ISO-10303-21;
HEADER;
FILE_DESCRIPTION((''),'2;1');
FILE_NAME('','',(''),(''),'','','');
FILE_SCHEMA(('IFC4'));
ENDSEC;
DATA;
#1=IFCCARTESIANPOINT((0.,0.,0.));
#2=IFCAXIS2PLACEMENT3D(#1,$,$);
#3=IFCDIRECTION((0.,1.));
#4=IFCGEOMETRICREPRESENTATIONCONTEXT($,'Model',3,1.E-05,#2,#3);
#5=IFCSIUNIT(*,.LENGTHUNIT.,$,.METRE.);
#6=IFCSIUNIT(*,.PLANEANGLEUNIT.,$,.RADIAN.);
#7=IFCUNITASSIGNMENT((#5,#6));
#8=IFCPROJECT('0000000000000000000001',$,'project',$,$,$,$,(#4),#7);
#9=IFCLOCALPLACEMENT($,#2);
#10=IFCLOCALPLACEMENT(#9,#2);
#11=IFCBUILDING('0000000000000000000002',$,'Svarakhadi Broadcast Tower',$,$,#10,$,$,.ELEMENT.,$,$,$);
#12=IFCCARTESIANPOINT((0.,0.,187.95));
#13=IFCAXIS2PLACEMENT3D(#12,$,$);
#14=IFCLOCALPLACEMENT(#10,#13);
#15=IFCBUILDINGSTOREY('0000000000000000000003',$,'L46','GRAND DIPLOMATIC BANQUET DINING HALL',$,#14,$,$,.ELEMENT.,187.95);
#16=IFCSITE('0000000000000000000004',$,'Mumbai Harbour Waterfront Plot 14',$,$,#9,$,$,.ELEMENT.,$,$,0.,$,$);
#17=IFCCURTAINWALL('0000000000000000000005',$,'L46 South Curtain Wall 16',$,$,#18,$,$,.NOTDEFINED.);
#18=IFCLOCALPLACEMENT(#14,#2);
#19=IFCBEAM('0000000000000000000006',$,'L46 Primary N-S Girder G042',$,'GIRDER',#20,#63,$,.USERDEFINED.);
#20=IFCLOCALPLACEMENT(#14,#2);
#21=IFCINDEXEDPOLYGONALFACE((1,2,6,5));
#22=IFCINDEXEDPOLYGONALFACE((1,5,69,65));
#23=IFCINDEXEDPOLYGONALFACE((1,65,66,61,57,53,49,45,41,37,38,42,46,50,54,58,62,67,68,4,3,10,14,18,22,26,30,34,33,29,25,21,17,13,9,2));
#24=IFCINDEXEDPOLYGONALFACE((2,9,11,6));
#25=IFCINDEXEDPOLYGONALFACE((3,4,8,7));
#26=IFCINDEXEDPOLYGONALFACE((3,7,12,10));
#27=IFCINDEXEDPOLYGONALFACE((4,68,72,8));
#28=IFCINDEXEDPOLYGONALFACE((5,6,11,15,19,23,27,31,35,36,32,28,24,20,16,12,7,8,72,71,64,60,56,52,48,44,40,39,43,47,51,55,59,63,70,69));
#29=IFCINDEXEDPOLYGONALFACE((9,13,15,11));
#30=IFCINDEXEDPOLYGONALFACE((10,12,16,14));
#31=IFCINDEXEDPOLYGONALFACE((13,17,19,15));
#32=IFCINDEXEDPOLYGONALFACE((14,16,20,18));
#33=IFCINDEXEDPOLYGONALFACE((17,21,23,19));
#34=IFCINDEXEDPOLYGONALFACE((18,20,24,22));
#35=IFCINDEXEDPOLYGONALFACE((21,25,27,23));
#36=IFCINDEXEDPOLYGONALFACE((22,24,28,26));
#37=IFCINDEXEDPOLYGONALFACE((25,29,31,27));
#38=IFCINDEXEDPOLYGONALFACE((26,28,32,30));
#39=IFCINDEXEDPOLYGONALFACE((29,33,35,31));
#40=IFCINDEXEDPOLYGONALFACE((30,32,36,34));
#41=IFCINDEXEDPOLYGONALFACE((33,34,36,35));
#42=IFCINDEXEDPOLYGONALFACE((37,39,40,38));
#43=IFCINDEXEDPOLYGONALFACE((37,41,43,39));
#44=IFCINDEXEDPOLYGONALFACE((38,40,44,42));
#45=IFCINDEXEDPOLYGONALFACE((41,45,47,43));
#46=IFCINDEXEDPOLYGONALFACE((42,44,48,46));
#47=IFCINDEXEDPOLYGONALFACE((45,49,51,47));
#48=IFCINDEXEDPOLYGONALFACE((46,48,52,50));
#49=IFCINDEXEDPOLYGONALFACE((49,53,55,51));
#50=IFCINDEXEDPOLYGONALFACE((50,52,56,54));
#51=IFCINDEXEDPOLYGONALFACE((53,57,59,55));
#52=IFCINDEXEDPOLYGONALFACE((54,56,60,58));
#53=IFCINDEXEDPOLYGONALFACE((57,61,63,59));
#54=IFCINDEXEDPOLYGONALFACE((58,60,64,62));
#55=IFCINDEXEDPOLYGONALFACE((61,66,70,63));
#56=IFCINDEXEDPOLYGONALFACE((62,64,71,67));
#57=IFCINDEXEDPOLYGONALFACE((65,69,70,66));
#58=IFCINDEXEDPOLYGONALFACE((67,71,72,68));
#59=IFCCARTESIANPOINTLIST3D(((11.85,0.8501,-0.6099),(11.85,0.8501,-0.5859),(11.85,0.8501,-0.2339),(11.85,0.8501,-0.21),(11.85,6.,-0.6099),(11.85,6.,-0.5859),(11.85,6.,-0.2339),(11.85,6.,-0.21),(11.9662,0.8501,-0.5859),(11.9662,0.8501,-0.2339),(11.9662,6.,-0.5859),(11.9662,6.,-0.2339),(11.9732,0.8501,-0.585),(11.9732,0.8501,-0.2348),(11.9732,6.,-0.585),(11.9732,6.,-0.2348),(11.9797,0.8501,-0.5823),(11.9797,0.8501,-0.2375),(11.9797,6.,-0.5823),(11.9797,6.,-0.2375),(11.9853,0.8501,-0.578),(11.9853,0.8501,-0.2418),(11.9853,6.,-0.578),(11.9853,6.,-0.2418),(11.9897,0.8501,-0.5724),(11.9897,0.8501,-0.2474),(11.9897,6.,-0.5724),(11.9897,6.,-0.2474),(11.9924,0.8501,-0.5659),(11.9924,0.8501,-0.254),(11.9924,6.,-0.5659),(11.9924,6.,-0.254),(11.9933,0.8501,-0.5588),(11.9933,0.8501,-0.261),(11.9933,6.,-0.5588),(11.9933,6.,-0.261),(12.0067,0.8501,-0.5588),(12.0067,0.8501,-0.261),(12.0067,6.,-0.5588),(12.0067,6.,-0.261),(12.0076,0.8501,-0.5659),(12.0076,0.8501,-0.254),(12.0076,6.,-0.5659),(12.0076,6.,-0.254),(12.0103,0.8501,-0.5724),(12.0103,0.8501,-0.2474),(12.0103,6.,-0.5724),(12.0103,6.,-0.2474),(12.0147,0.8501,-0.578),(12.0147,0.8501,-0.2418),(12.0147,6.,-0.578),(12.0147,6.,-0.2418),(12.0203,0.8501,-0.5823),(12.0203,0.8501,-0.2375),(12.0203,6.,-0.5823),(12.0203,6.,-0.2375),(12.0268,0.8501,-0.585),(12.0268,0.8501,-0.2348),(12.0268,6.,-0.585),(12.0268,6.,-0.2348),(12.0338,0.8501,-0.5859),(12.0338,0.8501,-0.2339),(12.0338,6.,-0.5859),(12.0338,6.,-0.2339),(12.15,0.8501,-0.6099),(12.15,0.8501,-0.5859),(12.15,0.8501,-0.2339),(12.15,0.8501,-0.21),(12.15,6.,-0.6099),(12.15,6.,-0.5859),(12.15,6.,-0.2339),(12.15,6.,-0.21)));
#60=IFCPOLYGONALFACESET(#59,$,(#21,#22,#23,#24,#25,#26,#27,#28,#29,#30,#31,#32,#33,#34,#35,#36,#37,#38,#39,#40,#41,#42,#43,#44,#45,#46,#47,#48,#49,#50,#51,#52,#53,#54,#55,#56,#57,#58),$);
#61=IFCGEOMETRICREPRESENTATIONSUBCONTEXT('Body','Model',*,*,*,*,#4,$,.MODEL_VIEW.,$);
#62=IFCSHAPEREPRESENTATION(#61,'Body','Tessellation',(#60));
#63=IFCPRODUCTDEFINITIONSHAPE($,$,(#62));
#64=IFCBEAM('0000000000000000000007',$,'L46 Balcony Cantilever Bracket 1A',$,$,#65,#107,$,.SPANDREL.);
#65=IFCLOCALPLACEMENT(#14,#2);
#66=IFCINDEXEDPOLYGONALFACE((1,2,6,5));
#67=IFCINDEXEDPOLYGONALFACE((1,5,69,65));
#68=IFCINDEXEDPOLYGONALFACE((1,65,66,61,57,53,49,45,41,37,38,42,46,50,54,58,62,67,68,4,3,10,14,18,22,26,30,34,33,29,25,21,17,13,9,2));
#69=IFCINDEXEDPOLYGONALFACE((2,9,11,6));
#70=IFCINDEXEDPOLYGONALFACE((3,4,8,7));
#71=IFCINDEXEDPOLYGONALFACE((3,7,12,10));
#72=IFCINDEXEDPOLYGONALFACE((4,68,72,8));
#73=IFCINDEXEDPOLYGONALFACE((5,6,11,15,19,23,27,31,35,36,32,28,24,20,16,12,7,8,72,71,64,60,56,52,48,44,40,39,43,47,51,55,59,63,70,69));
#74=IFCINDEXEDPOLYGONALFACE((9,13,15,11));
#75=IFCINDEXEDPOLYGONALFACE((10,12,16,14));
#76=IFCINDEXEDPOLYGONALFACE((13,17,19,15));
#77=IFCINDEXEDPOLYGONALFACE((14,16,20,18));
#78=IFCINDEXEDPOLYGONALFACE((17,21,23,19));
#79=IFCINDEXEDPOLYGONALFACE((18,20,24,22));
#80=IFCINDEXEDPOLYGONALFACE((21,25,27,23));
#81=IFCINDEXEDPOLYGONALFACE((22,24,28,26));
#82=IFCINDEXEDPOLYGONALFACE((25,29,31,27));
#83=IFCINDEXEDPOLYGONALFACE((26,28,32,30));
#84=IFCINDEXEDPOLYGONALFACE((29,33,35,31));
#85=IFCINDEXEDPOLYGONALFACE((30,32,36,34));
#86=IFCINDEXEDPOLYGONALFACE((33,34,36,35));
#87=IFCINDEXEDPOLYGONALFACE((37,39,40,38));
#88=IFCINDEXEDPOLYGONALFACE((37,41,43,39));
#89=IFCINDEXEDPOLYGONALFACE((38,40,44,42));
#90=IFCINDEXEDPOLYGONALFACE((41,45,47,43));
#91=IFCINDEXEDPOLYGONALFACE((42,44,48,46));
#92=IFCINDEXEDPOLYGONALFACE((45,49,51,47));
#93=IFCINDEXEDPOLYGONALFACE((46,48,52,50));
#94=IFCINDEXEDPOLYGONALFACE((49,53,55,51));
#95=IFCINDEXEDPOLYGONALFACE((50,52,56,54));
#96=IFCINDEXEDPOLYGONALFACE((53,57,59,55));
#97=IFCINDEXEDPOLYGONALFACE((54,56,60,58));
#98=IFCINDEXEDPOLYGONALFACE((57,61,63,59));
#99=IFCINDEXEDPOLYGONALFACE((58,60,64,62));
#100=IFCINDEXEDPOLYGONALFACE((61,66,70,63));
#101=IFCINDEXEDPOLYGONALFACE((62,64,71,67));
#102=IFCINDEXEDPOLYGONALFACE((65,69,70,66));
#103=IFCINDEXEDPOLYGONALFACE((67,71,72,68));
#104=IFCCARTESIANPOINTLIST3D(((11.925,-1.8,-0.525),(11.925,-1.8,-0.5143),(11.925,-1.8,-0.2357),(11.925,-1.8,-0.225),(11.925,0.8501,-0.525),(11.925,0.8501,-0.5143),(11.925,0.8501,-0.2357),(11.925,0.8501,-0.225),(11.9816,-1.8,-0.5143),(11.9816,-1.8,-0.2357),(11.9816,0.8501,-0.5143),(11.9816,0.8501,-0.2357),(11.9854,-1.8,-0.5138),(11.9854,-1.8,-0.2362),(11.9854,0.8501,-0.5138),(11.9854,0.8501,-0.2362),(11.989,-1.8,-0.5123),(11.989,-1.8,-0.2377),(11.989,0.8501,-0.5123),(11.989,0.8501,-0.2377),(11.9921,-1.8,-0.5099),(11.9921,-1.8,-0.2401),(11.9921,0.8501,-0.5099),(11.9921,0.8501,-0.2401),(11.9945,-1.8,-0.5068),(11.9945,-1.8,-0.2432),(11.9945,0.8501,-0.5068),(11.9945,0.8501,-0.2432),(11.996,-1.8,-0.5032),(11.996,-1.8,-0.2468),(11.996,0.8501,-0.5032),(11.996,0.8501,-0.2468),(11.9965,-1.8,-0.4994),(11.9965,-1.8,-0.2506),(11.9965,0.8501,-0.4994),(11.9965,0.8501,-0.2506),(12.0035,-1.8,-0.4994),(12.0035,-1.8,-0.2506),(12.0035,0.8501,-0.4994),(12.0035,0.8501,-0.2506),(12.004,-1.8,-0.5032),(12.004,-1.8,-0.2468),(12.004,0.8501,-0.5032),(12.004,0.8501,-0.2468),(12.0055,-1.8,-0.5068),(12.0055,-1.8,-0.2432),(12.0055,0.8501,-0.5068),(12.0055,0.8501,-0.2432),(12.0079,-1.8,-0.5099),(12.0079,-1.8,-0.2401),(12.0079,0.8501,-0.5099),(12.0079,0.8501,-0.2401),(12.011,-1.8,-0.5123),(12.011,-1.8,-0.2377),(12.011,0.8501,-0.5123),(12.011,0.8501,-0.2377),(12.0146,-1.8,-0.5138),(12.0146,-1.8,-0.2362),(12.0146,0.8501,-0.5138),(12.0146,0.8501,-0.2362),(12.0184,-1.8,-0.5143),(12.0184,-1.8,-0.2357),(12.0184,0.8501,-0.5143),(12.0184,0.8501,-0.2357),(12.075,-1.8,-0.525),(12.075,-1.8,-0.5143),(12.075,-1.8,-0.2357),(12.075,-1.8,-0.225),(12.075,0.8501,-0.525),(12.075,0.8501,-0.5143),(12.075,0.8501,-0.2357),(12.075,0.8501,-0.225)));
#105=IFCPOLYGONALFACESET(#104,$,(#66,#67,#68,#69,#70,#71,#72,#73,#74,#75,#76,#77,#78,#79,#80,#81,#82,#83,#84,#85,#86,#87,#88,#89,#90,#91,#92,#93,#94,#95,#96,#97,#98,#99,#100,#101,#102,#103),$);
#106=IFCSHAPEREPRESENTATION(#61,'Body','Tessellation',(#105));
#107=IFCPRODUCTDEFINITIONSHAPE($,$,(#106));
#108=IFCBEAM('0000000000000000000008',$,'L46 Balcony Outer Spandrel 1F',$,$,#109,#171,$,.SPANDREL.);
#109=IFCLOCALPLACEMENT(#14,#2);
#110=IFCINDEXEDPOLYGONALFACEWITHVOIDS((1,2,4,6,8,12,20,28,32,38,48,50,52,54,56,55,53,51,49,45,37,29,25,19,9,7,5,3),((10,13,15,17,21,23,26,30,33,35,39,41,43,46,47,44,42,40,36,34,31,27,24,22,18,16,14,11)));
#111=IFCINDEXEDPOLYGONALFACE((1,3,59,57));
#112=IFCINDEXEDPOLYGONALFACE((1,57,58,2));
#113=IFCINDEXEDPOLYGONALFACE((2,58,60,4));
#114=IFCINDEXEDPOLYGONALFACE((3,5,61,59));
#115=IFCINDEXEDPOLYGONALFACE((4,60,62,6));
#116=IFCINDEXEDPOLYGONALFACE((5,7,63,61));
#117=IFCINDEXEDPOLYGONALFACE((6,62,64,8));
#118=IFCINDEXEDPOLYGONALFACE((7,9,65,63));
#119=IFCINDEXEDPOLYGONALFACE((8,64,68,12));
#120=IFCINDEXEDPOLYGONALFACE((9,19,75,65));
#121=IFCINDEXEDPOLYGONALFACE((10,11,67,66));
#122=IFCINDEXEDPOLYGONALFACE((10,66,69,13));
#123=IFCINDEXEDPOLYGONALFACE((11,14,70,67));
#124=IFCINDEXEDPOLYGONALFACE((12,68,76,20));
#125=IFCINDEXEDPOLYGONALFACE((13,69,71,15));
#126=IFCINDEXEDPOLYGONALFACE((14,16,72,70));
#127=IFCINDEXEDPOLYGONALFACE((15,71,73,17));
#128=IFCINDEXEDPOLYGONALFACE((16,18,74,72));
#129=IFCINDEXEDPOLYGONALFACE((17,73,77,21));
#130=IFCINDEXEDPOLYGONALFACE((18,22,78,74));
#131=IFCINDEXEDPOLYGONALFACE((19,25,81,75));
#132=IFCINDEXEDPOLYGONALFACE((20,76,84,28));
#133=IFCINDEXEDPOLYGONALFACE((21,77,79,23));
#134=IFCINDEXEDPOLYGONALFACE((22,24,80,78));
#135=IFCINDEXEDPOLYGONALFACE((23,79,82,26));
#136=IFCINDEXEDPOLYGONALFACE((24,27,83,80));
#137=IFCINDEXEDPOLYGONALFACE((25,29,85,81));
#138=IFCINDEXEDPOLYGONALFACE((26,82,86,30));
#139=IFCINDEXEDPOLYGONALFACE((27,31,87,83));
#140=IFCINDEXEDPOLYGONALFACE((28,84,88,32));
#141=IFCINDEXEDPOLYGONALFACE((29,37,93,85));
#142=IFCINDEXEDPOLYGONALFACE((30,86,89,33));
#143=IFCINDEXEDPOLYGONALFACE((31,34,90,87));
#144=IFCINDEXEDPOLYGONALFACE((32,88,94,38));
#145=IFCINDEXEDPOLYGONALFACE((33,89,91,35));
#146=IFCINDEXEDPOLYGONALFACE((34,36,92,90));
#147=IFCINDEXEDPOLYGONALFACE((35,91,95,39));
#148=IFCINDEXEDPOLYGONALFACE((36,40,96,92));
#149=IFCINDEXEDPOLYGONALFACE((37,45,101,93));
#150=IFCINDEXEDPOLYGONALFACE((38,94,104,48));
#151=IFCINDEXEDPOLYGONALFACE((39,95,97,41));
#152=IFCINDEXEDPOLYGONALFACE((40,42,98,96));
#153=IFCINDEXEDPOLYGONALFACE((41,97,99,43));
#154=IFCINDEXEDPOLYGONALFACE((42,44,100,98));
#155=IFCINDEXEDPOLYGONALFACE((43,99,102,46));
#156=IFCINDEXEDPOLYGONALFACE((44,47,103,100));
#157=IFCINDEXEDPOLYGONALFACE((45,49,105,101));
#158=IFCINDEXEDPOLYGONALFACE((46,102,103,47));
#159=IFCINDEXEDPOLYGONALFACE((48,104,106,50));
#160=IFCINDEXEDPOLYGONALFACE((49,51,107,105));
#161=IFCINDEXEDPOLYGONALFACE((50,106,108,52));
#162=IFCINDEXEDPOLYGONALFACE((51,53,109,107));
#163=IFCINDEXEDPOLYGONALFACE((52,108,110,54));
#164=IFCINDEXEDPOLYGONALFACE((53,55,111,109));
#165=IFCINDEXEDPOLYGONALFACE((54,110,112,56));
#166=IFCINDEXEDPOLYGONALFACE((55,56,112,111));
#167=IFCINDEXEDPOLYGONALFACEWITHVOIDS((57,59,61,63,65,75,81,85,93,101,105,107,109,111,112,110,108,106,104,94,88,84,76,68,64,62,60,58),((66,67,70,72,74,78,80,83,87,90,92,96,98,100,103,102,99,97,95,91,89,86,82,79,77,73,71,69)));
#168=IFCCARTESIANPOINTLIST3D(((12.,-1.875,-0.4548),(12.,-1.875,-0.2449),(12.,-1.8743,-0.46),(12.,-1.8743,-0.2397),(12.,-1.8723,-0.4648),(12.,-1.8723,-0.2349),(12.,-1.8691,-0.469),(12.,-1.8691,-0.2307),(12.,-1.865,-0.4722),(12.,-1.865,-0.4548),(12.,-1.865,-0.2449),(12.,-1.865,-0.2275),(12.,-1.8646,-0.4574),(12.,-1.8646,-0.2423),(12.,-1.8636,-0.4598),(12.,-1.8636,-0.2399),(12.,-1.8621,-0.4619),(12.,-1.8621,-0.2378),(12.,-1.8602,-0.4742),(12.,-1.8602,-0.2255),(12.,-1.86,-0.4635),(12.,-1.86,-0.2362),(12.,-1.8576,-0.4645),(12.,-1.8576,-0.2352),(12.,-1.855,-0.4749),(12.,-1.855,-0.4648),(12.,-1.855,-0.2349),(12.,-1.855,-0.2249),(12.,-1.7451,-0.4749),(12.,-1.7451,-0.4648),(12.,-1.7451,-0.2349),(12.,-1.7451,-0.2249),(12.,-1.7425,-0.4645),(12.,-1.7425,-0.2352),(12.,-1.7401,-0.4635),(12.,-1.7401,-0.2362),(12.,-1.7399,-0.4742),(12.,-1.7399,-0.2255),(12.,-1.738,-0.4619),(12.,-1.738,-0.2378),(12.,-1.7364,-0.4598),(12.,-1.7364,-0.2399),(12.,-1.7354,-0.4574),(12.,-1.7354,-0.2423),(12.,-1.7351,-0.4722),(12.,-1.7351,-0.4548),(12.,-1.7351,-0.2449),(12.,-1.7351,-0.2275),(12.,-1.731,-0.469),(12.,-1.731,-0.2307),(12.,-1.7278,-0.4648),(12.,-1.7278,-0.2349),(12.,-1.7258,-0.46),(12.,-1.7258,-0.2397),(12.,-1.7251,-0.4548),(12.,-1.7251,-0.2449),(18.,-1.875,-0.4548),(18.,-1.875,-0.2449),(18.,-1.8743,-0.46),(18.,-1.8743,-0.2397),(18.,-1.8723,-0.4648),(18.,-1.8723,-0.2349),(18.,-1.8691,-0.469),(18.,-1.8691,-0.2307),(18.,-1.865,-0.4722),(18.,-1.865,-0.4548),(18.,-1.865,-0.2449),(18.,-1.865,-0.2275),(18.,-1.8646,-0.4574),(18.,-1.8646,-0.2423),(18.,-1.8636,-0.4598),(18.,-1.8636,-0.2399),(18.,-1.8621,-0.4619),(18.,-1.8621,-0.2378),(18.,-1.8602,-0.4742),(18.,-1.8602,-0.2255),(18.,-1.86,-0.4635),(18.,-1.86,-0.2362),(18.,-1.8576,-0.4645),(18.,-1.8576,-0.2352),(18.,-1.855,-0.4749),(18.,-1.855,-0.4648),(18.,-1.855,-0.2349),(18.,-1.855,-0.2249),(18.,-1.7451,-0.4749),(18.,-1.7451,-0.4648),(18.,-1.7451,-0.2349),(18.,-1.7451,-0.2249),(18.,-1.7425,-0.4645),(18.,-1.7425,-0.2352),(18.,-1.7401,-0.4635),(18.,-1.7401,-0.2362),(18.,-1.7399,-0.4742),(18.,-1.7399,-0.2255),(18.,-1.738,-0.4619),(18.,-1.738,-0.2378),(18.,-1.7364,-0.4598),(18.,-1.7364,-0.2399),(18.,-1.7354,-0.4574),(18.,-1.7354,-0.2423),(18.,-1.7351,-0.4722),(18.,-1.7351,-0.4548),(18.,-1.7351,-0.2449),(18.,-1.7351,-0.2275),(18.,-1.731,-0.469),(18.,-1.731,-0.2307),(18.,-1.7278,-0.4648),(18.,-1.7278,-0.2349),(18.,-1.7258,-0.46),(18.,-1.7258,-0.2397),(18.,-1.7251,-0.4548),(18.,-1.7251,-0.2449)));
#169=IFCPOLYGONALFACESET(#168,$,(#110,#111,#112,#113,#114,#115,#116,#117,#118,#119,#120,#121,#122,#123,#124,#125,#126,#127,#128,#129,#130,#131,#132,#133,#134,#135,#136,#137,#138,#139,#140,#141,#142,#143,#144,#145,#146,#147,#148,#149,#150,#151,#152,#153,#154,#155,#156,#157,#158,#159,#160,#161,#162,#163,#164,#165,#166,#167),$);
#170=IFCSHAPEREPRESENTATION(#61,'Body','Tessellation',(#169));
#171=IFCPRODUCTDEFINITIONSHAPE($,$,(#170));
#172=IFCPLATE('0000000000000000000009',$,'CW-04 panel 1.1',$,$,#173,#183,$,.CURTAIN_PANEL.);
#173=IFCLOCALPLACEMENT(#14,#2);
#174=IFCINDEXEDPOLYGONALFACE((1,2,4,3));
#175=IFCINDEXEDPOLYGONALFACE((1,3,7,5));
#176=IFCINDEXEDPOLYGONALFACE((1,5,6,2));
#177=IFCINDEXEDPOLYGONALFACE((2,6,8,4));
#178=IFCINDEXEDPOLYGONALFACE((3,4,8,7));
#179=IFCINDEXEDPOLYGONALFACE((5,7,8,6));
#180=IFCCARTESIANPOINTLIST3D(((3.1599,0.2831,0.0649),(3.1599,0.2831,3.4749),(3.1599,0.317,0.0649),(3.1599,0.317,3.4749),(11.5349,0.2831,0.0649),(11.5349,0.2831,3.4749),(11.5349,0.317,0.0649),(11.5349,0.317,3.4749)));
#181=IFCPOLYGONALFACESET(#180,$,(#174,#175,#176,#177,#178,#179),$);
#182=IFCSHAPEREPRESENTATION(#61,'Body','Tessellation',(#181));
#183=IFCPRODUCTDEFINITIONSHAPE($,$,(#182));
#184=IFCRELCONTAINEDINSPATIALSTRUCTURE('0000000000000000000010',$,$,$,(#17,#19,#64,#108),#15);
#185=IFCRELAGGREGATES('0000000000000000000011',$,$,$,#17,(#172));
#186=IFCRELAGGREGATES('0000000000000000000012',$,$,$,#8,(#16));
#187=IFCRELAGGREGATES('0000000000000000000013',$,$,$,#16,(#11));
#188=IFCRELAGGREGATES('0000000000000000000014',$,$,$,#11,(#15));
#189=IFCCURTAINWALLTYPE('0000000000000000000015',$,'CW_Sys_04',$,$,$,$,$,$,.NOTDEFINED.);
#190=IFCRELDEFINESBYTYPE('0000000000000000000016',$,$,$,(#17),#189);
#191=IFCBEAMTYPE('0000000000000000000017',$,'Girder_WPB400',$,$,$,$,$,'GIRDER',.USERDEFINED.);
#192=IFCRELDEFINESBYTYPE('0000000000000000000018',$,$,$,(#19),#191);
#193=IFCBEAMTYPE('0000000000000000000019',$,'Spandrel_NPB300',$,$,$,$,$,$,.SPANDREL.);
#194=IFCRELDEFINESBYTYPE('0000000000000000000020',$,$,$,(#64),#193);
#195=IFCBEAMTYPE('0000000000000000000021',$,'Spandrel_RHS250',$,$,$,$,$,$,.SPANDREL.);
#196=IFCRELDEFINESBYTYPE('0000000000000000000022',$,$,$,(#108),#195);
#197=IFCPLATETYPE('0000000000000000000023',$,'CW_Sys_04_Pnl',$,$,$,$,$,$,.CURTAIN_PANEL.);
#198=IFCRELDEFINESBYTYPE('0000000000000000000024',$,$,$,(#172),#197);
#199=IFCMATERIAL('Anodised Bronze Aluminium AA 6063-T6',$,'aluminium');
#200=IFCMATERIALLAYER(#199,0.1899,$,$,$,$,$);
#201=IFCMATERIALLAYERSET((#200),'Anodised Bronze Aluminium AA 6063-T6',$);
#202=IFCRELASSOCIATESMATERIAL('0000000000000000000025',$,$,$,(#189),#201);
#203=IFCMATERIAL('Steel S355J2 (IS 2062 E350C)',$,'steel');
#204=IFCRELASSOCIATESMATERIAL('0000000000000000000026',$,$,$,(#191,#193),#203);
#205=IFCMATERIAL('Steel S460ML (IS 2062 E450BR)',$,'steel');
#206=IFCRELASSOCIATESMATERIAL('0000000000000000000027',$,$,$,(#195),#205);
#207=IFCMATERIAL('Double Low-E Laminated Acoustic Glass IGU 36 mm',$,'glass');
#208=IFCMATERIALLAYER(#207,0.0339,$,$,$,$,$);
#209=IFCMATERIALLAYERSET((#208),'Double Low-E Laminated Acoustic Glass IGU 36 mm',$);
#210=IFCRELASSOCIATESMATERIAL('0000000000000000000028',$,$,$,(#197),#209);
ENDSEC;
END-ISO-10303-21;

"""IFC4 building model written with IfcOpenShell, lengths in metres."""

from ifc_helpers import new_model, si_unit, direction, frame, origin, origin_2d, place, context, subcontext, project, spatial, rectangle, hollow_rectangle, i_section, extrude, material, layer, layer_set, material_profile, profile_set, type_object, element, aggregate, save


model = new_model("IFC4")

# Units and contexts
model_context = context("Model", 3, precision=1e-05, world=origin(), true_north=direction((0.0, 1.0)))
body_context = subcontext(model_context, "Body", "Model", "MODEL_VIEW")
ifc_project = project(units=[si_unit("LENGTHUNIT", "METRE"), si_unit("PLANEANGLEUNIT", "RADIAN")], contexts=[model_context])

# Site, building, storey
site_placement = place(None, origin())
site = spatial("IfcSite", under=ifc_project, at=site_placement, Name="Mumbai Harbour Waterfront Plot 14", CompositionType="ELEMENT", RefElevation=0.0)
building_placement = place(site_placement, origin())
building = spatial("IfcBuilding", under=site, at=building_placement, Name="Svarakhadi Broadcast Tower", CompositionType="ELEMENT")
storey_placement = place(building_placement, frame((0.0, 0.0, 187.95)))
storey = spatial("IfcBuildingStorey", under=building, at=storey_placement, Name="L46", Description="GRAND DIPLOMATIC BANQUET DINING HALL", CompositionType="ELEMENT", Elevation=187.95)

# Shared definitions
ifc_material_1 = material(Name="Steel S460ML (IS 2062 E450BR)", Category="steel")

# Shared definitions
ifc_material_2 = material(Name="Steel S355J2 (IS 2062 E350C)", Category="steel")

# Curtain wall
ifc_material_3 = material(Name="Anodised Bronze Aluminium AA 6063-T6", Category="aluminium")
ifc_layer_1 = layer(ifc_material_3, 0.1899)
ifc_layer_set_1 = layer_set([ifc_layer_1], Name="Anodised Bronze Aluminium AA 6063-T6")
curtain_wall_type = type_object("IfcCurtainWallType", Name="CW_Sys_04", PredefinedType="NOTDEFINED", material=ifc_layer_set_1)
curtain_wall_placement = place(storey_placement, origin())
curtain_wall = element("IfcCurtainWall", 1, at=curtain_wall_placement, inside=storey, type_object=curtain_wall_type, Name="L46 South Curtain Wall 16", PredefinedType="NOTDEFINED")

# Beams
ifc_material_profile_1 = material_profile(ifc_material_2, i_section(OverallWidth=0.3, OverallDepth=0.3999, WebThickness=0.0134, FlangeThickness=0.0239, FilletRadius=0.0271, at=origin_2d()), Name="WPB 400x300x155")
ifc_profile_set_1 = profile_set([ifc_material_profile_1], Name="Steel S355J2 (IS 2062 E350C)")
beam_type_1 = type_object("IfcBeamType", Name="Girder_WPB400", ElementType="GIRDER", PredefinedType="USERDEFINED", material=ifc_profile_set_1)
for number, where, z_axis, x_axis, name in (
    (2, (12.0, 0.8501, -0.4099), (0.0, 1.0, 0.0), (-1.0, 0.0, 0.0), "L46 Primary N-S Girder G042"),
):
    element("IfcBeam", number, at=place(storey_placement, frame(where, z_axis=z_axis, x_axis=x_axis)), inside=storey, type_object=beam_type_1, Name=name, ObjectType="GIRDER", PredefinedType="USERDEFINED", context=body_context, shape_type="SweptSolid", body=[
        extrude(i_section(OverallWidth=0.3, OverallDepth=0.3999, WebThickness=0.0134, FlangeThickness=0.0239, FilletRadius=0.0271, at=origin_2d()), origin(), (0.0, 0.0, 1.0), 5.1499),
    ])
ifc_material_profile_2 = material_profile(ifc_material_2, i_section(OverallWidth=0.1499, OverallDepth=0.3, WebThickness=0.0071, FlangeThickness=0.0107, FilletRadius=0.0149, at=origin_2d()), Name="NPB 300x150x37")
ifc_profile_set_2 = profile_set([ifc_material_profile_2], Name="Steel S355J2 (IS 2062 E350C)")
beam_type_2 = type_object("IfcBeamType", Name="Spandrel_NPB300", PredefinedType="SPANDREL", material=ifc_profile_set_2)
beam_1_placement = place(storey_placement, frame((12.0, 0.8501, -0.375), z_axis=(0.0, -1.0, 0.0), x_axis=(1.0, 0.0, 0.0)))
element("IfcBeam", 3, at=beam_1_placement, inside=storey, type_object=beam_type_2, Name="L46 Balcony Cantilever Bracket 1A", PredefinedType="SPANDREL", context=body_context, shape_type="SweptSolid", body=[
    extrude(i_section(OverallWidth=0.1499, OverallDepth=0.3, WebThickness=0.0071, FlangeThickness=0.0107, FilletRadius=0.0149, at=origin_2d()), origin(), (0.0, 0.0, 1.0), 2.6501),
])
ifc_material_profile_3 = material_profile(ifc_material_1, hollow_rectangle(XDim=0.1499, YDim=0.25, WallThickness=0.01, InnerFilletRadius=0.01, OuterFilletRadius=0.02, at=origin_2d()), Name="RHS 250x150x10")
ifc_profile_set_3 = profile_set([ifc_material_profile_3], Name="Steel S460ML (IS 2062 E450BR)")
beam_type_3 = type_object("IfcBeamType", Name="Spandrel_RHS250", PredefinedType="SPANDREL", material=ifc_profile_set_3)
beam_2_placement = place(storey_placement, frame((12.0, -1.8, -0.3499), z_axis=(1.0, 0.0, 0.0), x_axis=(0.0, 1.0, 0.0)))
element("IfcBeam", 4, at=beam_2_placement, inside=storey, type_object=beam_type_3, Name="L46 Balcony Outer Spandrel 1F", PredefinedType="SPANDREL", context=body_context, shape_type="SweptSolid", body=[
    extrude(hollow_rectangle(XDim=0.1499, YDim=0.25, WallThickness=0.01, InnerFilletRadius=0.01, OuterFilletRadius=0.02, at=origin_2d()), origin(), (0.0, 0.0, 1.0), 6.0),
])

# Plate
ifc_material_4 = material(Name="Double Low-E Laminated Acoustic Glass IGU 36 mm", Category="glass")
ifc_layer_2 = layer(ifc_material_4, 0.0339)
ifc_layer_set_2 = layer_set([ifc_layer_2], Name="Double Low-E Laminated Acoustic Glass IGU 36 mm")
plate_type_1 = type_object("IfcPlateType", Name="CW_Sys_04_Pnl", PredefinedType="CURTAIN_PANEL", material=ifc_layer_set_2)
plate_1_placement = place(storey_placement, frame((7.3474, 0.3, 0.0649), z_axis=(0.0, 0.0, 1.0), x_axis=(-1.0, 0.0, 0.0)))
plate_1 = element("IfcPlate", 5, at=plate_1_placement, type_object=plate_type_1, Name="CW-04 panel 1.1", PredefinedType="CURTAIN_PANEL", context=body_context, shape_type="SweptSolid", body=[
    extrude(rectangle(XDim=8.375, YDim=0.0339, at=origin_2d()), origin(), (0.0, 0.0, 1.0), 3.4099),
])
aggregate(curtain_wall, [plate_1])

save(model, "model.ifc")
